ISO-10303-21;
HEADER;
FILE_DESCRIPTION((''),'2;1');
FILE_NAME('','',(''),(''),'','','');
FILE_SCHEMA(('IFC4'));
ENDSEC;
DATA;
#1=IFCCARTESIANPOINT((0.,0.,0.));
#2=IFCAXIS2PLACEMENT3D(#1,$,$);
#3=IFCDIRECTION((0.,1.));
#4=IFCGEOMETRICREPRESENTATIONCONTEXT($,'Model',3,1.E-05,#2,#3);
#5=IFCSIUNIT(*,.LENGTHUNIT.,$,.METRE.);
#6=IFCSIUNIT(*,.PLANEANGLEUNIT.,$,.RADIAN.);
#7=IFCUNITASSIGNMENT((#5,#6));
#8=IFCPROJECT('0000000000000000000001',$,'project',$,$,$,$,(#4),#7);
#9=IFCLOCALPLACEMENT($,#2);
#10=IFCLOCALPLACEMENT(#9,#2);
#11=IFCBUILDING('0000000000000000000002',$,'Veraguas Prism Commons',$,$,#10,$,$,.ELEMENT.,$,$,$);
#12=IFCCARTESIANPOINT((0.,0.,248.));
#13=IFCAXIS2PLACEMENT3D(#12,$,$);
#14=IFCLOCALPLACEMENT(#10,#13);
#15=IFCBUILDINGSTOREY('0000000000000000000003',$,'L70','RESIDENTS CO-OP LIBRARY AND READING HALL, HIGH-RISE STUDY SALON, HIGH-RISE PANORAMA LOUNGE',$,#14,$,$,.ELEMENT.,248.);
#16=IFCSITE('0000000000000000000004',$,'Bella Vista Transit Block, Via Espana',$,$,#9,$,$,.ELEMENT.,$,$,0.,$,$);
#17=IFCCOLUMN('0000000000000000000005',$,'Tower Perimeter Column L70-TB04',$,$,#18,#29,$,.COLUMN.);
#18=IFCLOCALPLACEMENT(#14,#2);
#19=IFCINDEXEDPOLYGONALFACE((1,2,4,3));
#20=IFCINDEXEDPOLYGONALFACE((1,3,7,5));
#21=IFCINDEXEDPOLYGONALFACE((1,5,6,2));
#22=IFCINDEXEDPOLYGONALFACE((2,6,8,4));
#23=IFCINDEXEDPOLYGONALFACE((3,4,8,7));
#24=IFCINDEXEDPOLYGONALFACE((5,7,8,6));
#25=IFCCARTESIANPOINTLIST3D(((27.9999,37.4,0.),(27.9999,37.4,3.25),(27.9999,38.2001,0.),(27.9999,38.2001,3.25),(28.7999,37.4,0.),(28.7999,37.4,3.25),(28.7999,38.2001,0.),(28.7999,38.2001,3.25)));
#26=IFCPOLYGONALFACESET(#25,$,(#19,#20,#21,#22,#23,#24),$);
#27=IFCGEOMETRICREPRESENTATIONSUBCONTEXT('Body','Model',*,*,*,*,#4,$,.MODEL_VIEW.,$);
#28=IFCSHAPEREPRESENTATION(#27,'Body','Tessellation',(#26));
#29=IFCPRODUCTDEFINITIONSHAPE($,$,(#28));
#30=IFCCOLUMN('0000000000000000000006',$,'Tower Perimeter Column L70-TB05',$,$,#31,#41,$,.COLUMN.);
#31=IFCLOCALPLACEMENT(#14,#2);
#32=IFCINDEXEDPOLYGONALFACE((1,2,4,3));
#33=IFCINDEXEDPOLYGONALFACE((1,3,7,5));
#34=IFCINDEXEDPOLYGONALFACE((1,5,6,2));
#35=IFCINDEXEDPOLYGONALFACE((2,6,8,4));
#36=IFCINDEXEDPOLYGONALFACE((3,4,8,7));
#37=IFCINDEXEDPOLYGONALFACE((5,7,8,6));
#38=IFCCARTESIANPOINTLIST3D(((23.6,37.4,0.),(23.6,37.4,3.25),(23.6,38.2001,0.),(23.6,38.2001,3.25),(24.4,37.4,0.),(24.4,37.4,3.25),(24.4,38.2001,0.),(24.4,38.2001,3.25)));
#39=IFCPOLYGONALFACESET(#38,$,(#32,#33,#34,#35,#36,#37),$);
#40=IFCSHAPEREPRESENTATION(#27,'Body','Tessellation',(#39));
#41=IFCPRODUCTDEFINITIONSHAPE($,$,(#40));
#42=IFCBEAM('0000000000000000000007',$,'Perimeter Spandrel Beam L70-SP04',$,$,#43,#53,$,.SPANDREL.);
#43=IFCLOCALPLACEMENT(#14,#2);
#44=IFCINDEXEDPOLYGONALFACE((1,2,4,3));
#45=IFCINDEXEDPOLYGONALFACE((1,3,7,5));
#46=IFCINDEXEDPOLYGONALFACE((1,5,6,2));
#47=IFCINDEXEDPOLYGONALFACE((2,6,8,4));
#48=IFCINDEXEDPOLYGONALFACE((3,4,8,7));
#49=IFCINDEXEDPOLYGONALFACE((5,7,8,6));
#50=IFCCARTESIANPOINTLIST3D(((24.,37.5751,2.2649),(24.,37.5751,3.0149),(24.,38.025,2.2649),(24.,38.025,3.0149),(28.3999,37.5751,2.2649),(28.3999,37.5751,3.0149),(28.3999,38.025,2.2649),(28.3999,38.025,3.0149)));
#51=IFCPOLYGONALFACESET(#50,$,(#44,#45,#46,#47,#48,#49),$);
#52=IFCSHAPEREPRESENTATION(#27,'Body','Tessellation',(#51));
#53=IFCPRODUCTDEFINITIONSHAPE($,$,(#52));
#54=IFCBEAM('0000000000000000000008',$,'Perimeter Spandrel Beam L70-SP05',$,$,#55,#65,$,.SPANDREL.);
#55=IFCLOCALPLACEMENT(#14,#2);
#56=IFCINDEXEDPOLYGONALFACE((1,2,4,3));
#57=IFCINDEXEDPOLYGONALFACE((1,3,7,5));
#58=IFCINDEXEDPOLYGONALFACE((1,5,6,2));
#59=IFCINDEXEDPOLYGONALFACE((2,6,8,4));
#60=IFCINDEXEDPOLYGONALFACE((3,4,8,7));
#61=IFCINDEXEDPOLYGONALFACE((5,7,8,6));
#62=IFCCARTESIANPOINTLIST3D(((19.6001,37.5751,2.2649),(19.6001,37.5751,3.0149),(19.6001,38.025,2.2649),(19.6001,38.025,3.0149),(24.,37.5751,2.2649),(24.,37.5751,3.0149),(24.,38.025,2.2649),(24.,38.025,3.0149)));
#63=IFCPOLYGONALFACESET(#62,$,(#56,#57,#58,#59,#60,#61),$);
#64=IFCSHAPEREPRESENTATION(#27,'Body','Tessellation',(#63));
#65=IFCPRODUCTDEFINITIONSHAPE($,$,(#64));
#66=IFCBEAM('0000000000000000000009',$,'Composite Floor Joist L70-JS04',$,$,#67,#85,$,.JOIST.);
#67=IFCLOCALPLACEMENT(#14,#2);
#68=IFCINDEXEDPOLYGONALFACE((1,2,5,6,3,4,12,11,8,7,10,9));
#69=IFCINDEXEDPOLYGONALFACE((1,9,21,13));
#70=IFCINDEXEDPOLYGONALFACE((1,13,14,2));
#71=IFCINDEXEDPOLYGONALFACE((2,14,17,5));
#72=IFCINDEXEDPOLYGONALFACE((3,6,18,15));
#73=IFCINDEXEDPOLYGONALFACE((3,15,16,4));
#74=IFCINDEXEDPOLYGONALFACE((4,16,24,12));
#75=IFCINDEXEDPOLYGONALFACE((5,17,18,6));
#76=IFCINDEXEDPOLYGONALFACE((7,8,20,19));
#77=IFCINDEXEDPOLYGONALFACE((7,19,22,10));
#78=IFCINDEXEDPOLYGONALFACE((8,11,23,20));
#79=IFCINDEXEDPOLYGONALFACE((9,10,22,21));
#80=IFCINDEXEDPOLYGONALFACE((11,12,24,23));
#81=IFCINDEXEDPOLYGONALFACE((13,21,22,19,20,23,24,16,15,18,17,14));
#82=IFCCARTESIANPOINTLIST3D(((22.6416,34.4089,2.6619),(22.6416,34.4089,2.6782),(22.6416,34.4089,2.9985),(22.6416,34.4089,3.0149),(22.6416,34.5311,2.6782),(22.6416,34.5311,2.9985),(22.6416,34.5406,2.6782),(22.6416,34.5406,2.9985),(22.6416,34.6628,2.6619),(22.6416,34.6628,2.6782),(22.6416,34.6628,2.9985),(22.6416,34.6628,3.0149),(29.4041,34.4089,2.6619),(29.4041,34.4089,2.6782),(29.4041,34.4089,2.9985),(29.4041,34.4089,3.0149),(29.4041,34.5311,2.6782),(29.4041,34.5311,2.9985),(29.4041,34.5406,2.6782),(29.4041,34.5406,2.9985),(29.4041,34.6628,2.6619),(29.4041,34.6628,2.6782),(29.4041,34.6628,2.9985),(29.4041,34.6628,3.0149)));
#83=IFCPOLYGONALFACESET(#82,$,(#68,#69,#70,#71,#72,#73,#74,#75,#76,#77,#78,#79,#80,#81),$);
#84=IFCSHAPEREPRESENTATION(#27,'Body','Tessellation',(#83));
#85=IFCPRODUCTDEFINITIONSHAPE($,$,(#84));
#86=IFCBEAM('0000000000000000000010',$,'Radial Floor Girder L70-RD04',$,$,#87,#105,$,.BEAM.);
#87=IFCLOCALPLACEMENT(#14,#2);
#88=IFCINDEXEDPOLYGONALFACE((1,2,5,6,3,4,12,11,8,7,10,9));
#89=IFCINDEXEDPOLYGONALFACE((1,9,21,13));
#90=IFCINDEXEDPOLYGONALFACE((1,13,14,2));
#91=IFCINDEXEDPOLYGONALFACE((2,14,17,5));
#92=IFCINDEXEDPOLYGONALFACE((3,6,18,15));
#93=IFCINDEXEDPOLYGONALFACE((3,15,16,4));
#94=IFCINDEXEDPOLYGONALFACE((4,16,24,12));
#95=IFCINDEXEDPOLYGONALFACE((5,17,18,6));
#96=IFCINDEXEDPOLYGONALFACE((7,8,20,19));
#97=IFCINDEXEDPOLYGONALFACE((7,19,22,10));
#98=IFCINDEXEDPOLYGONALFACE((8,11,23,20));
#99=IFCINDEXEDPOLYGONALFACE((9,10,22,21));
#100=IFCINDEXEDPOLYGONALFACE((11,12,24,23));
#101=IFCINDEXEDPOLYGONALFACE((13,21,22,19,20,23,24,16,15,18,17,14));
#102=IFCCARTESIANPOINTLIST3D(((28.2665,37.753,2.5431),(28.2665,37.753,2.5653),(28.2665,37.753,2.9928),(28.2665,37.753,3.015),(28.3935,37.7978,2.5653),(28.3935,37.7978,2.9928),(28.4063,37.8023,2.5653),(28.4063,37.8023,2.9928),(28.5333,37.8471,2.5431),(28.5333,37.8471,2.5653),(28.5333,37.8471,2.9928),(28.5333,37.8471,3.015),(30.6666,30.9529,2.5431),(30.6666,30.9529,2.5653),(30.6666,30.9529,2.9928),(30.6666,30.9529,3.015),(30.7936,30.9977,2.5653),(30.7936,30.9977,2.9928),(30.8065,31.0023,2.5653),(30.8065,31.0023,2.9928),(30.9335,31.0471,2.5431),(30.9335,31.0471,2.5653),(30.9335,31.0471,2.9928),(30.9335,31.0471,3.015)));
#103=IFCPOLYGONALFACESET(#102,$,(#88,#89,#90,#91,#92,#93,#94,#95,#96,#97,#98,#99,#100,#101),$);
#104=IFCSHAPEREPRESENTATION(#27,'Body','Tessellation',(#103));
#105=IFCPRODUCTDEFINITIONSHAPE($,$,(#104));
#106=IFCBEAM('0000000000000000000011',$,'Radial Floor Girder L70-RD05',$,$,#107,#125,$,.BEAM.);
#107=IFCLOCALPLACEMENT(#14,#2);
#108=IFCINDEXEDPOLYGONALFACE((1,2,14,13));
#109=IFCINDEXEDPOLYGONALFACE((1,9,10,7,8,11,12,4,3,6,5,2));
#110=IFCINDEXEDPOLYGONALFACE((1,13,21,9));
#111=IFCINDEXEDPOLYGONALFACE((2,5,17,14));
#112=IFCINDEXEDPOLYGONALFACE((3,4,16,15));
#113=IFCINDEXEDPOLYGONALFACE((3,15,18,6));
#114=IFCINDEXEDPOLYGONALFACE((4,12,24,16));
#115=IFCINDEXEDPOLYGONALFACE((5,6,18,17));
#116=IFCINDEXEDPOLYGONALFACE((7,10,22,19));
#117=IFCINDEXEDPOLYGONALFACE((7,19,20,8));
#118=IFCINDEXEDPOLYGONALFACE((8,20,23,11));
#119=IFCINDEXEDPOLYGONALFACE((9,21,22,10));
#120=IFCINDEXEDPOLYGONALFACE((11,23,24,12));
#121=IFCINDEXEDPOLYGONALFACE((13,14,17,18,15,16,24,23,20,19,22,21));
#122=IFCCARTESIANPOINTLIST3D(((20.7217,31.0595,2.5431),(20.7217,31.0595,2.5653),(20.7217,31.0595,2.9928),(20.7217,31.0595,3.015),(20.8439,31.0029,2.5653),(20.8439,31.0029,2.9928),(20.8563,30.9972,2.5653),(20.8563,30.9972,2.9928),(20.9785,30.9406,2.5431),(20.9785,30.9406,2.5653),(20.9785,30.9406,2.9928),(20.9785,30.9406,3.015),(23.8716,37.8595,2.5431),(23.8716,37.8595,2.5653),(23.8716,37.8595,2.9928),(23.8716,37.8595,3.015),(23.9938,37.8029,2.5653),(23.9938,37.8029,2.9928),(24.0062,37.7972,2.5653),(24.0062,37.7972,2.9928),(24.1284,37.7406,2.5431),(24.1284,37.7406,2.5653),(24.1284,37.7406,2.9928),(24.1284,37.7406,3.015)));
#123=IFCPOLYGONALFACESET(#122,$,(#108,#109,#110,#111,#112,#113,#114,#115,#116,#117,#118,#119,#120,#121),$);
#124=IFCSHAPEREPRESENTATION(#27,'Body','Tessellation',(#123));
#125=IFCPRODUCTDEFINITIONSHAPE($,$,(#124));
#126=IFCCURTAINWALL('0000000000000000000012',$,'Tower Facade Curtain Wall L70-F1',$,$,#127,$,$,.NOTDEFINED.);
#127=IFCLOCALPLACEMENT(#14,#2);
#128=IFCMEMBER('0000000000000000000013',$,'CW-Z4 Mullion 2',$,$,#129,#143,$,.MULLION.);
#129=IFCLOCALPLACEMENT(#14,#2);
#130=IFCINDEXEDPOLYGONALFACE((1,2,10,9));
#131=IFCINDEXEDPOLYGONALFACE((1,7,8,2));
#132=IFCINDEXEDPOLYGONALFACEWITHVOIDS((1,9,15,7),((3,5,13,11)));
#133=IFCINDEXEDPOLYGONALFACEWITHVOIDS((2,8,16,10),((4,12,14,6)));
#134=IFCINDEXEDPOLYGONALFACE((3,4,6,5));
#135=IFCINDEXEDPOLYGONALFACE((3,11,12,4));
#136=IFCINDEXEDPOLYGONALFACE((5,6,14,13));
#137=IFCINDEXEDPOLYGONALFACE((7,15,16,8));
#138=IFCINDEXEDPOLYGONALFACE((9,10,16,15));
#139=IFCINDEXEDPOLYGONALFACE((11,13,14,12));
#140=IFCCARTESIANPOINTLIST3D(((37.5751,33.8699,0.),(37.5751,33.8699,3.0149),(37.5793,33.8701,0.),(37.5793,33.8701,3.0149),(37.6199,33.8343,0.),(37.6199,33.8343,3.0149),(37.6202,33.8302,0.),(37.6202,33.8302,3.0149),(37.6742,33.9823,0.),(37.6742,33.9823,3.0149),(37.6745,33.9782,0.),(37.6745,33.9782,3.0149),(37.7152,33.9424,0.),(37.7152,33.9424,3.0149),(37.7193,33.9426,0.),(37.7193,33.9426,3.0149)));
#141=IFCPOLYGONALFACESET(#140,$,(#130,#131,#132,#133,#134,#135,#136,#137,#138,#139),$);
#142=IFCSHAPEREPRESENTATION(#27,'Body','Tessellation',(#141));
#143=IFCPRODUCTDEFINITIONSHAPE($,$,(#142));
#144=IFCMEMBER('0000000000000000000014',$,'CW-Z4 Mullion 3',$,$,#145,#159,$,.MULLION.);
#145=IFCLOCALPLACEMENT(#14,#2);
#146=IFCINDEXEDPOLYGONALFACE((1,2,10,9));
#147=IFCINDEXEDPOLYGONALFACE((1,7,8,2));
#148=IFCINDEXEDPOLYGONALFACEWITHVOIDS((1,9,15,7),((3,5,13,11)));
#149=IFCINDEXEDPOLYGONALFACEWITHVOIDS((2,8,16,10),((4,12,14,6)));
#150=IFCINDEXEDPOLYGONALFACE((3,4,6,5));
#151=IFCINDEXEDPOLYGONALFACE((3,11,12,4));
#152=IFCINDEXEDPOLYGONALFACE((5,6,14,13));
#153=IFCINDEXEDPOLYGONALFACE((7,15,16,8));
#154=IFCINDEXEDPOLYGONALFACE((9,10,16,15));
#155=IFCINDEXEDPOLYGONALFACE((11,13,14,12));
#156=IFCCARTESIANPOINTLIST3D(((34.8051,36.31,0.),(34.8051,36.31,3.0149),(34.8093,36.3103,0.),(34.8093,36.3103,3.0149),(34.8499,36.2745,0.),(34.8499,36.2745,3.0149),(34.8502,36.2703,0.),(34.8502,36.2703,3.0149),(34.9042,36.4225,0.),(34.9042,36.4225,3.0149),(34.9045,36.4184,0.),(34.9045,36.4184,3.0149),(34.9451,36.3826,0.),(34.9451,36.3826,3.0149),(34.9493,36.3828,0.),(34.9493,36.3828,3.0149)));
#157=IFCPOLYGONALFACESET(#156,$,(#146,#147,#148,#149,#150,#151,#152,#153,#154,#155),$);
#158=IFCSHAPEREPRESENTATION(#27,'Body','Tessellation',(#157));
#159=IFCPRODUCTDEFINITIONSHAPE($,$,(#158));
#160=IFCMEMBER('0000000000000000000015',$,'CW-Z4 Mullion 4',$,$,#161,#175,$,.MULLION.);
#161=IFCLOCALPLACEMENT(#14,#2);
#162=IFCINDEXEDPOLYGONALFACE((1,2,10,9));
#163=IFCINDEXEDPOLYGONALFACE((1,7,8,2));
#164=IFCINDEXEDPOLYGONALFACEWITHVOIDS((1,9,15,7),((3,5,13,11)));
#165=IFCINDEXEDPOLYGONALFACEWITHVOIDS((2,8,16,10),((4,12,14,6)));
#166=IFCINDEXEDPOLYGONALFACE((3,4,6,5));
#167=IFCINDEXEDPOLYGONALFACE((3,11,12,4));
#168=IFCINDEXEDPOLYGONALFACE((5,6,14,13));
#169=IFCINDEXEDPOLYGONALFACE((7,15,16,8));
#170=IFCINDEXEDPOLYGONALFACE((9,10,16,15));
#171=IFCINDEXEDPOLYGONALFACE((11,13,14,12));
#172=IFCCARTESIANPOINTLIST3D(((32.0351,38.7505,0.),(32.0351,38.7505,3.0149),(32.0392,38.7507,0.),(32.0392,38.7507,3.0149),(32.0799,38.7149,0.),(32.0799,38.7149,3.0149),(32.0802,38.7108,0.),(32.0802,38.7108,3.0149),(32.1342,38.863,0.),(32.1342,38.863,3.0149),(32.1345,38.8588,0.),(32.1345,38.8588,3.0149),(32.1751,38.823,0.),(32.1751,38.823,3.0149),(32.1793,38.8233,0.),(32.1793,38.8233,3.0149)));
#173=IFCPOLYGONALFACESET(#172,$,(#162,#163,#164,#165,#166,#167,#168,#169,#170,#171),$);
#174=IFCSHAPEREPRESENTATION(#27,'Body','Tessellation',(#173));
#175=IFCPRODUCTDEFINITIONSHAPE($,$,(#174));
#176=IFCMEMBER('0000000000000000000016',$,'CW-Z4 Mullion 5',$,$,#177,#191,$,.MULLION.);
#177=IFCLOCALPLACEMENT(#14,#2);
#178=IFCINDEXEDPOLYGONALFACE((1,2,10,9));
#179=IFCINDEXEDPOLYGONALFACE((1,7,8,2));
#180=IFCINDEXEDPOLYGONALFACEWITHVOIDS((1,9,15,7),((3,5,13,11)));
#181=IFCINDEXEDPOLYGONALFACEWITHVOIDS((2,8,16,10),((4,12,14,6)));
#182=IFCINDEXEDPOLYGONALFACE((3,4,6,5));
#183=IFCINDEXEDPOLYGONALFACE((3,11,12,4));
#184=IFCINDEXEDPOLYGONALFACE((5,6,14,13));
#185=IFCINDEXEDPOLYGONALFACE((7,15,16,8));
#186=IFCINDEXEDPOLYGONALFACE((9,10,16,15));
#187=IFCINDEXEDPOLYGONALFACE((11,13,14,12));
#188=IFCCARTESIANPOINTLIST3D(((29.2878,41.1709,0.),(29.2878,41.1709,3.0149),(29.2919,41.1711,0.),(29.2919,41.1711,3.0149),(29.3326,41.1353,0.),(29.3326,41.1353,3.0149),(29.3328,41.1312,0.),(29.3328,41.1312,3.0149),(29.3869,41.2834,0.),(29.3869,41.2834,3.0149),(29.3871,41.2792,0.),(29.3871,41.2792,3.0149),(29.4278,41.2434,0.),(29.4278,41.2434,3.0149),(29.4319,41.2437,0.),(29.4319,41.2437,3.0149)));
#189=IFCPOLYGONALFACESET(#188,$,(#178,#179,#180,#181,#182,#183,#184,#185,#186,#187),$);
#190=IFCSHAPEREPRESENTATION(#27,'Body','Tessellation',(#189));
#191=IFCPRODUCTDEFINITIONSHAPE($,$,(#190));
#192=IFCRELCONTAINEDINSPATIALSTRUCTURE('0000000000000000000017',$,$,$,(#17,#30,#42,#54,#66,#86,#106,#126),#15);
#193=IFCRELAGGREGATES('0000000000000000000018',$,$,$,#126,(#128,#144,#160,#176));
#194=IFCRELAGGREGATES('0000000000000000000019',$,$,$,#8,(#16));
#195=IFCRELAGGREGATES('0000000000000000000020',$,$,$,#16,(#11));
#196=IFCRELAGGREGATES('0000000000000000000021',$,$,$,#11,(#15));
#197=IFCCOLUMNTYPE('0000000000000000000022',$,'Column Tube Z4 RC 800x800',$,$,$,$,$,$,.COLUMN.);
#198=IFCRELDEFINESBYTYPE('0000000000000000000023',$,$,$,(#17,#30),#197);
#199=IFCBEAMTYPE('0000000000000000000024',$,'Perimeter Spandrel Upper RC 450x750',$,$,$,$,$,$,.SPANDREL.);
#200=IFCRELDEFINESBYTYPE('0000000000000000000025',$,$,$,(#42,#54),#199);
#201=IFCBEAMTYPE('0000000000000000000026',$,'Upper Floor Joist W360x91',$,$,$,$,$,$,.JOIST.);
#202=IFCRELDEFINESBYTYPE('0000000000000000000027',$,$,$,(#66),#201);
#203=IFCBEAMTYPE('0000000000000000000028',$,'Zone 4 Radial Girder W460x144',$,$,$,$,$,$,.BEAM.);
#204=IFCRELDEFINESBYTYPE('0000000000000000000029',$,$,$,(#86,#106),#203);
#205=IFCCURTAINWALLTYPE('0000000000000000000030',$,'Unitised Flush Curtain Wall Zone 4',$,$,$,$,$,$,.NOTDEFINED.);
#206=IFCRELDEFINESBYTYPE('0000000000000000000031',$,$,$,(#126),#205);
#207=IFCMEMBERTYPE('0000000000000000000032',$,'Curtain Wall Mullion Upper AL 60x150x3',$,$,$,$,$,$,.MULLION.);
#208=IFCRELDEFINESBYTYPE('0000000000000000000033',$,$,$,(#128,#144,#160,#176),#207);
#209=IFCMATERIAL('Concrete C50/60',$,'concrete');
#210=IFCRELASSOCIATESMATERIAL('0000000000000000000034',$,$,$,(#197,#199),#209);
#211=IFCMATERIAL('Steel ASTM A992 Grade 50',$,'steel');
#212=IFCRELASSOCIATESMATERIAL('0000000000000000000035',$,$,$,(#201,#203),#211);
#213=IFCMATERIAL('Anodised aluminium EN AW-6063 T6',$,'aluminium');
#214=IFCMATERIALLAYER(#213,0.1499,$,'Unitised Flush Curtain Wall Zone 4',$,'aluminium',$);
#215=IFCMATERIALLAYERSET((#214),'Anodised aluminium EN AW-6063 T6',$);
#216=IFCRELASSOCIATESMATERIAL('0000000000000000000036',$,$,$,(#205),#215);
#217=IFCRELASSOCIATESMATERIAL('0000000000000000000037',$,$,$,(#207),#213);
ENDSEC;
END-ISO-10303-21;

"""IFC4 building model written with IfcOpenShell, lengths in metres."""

from ifc_helpers import new_model, si_unit, direction, frame, origin, origin_2d, place, context, subcontext, project, spatial, rectangle, hollow_rectangle, i_section, extrude, source, transform, mapped, material, layer, layer_set, material_profile, profile_set, type_object, element, aggregate, save


model = new_model("IFC4")

# Units and contexts
model_context = context("Model", 3, precision=1e-05, world=origin(), true_north=direction((0.0, 1.0)))
body_context = subcontext(model_context, "Body", "Model", "MODEL_VIEW")
ifc_project = project(units=[si_unit("LENGTHUNIT", "METRE"), si_unit("PLANEANGLEUNIT", "RADIAN")], contexts=[model_context])

# Site, building, storey
site_placement = place(None, origin())
site = spatial("IfcSite", under=ifc_project, at=site_placement, Name="Bella Vista Transit Block, Via Espana", CompositionType="ELEMENT", RefElevation=0.0)
building_placement = place(site_placement, origin())
building = spatial("IfcBuilding", under=site, at=building_placement, Name="Veraguas Prism Commons", CompositionType="ELEMENT")
storey_placement = place(building_placement, frame((0.0, 0.0, 248.0)))
storey = spatial("IfcBuildingStorey", under=building, at=storey_placement, Name="L70", Description="RESIDENTS CO-OP LIBRARY AND READING HALL, HIGH-RISE STUDY SALON, HIGH-RISE PANORAMA LOUNGE", CompositionType="ELEMENT", Elevation=248.0)

# Columns
ifc_material_1 = material(Name="Concrete C50/60", Category="concrete")
ifc_material_profile_1 = material_profile(ifc_material_1, rectangle(XDim=0.8, YDim=0.8, at=origin_2d()), Name="RC800X800")
ifc_profile_set_1 = profile_set([ifc_material_profile_1], Name="Concrete C50/60")
column_type = type_object("IfcColumnType", Name="Column Tube Z4 RC 800x800", PredefinedType="COLUMN", material=ifc_profile_set_1)
for number, where, z_axis, x_axis, name in (
    (1, (28.3999, 37.8, 0.0), (0.0, 0.0, 1.0), (1.0, 0.0, 0.0), "Tower Perimeter Column L70-TB04"),
    (2, (24.0, 37.8, 0.0), (0.0, 0.0, 1.0), (1.0, 0.0, 0.0), "Tower Perimeter Column L70-TB05"),
):
    element("IfcColumn", number, at=place(storey_placement, frame(where, z_axis=z_axis, x_axis=x_axis)), inside=storey, type_object=column_type, Name=name, PredefinedType="COLUMN", context=body_context, shape_type="SweptSolid", body=[
        extrude(rectangle(XDim=0.8, YDim=0.8, at=origin_2d()), origin(), (0.0, 0.0, 1.0), 3.25),
    ])

# Beams
ifc_material_profile_2 = material_profile(ifc_material_1, rectangle(XDim=0.45, YDim=0.75, at=origin_2d()), Name="RC450X750")
ifc_profile_set_2 = profile_set([ifc_material_profile_2], Name="Concrete C50/60")
beam_type_1 = type_object("IfcBeamType", Name="Perimeter Spandrel Upper RC 450x750", PredefinedType="SPANDREL", material=ifc_profile_set_2)
for number, where, z_axis, x_axis, name in (
    (3, (28.3999, 37.8, 2.6399), (-1.0, 0.0, 0.0), (0.0, -1.0, 0.0), "Perimeter Spandrel Beam L70-SP04"),
    (4, (24.0, 37.8, 2.6399), (-1.0, 0.0, 0.0), (0.0, -1.0, 0.0), "Perimeter Spandrel Beam L70-SP05"),
):
    element("IfcBeam", number, at=place(storey_placement, frame(where, z_axis=z_axis, x_axis=x_axis)), inside=storey, type_object=beam_type_1, Name=name, PredefinedType="SPANDREL", context=body_context, shape_type="SweptSolid", body=[
        extrude(rectangle(XDim=0.45, YDim=0.75, at=origin_2d()), origin(), (0.0, 0.0, 1.0), 4.3999),
    ])
ifc_material_2 = material(Name="Steel ASTM A992 Grade 50", Category="steel")
ifc_material_profile_3 = material_profile(ifc_material_2, i_section(OverallWidth=0.2539, OverallDepth=0.353, WebThickness=0.0095, FlangeThickness=0.0164, at=origin_2d()), Name="W360X91")
ifc_profile_set_3 = profile_set([ifc_material_profile_3], Name="Steel ASTM A992 Grade 50")
beam_type_2 = type_object("IfcBeamType", Name="Upper Floor Joist W360x91", PredefinedType="JOIST", material=ifc_profile_set_3)
beam_1_placement = place(storey_placement, frame((29.4041, 34.5359, 2.8384), z_axis=(-1.0, 0.0, 0.0), x_axis=(0.0, -1.0, 0.0)))
element("IfcBeam", 5, at=beam_1_placement, inside=storey, type_object=beam_type_2, Name="Composite Floor Joist L70-JS04", PredefinedType="JOIST", context=body_context, shape_type="SweptSolid", body=[
    extrude(i_section(OverallWidth=0.2539, OverallDepth=0.353, WebThickness=0.0095, FlangeThickness=0.0164, at=origin_2d()), origin(), (0.0, 0.0, 1.0), 6.7625),
])
ifc_material_profile_4 = material_profile(ifc_material_2, i_section(OverallWidth=0.283, OverallDepth=0.4719, WebThickness=0.0137, FlangeThickness=0.0222, at=origin_2d()), Name="W460X144")
ifc_profile_set_4 = profile_set([ifc_material_profile_4], Name="Steel ASTM A992 Grade 50")
beam_type_3 = type_object("IfcBeamType", Name="Zone 4 Radial Girder W460x144", PredefinedType="BEAM", material=ifc_profile_set_4)
beam_2_placement = place(storey_placement, frame((28.3999, 37.8, 2.7791), z_axis=(0.332836, -0.942985, 0.0), x_axis=(0.942985, 0.332836, 0.0)))
element("IfcBeam", 6, at=beam_2_placement, inside=storey, type_object=beam_type_3, Name="Radial Floor Girder L70-RD04", PredefinedType="BEAM", context=body_context, shape_type="SweptSolid", body=[
    extrude(i_section(OverallWidth=0.283, OverallDepth=0.4719, WebThickness=0.0137, FlangeThickness=0.0222, at=origin_2d()), origin(), (0.0, 0.0, 1.0), 7.2112),
])
beam_3_placement = place(storey_placement, frame((24.0, 37.8, 2.7791), z_axis=(-0.420314, -0.907379, 0.0), x_axis=(0.907379, -0.420314, 0.0)))
element("IfcBeam", 7, at=beam_3_placement, inside=storey, type_object=beam_type_3, Name="Radial Floor Girder L70-RD05", PredefinedType="BEAM", context=body_context, shape_type="SweptSolid", body=[
    extrude(i_section(OverallWidth=0.283, OverallDepth=0.4719, WebThickness=0.0137, FlangeThickness=0.0222, at=origin_2d()), origin(), (0.0, 0.0, 1.0), 7.4941),
])

# Curtain wall, members
ifc_material_3 = material(Name="Anodised aluminium EN AW-6063 T6", Category="aluminium")
ifc_layer_1 = layer(ifc_material_3, 0.1499, Name="Unitised Flush Curtain Wall Zone 4", Category="aluminium")
ifc_layer_set_1 = layer_set([ifc_layer_1], Name="Anodised aluminium EN AW-6063 T6")
curtain_wall_type = type_object("IfcCurtainWallType", Name="Unitised Flush Curtain Wall Zone 4", PredefinedType="NOTDEFINED", material=ifc_layer_set_1)
curtain_wall_1_placement = place(storey_placement, origin())
curtain_wall_1 = element("IfcCurtainWall", 8, at=curtain_wall_1_placement, inside=storey, type_object=curtain_wall_type, Name="Tower Facade Curtain Wall L70-F1", PredefinedType="NOTDEFINED")
ifc_material_profile_5 = material_profile(ifc_material_3, hollow_rectangle(XDim=0.0601, YDim=0.1499, WallThickness=0.0029, at=origin_2d()), Name="AL60X150X3")
ifc_profile_set_5 = profile_set([ifc_material_profile_5], Name="Anodised aluminium EN AW-6063 T6")
member_type_1 = type_object("IfcMemberType", Name="Curtain Wall Mullion Upper AL 60x150x3", PredefinedType="MULLION", material=ifc_profile_set_5)
shared_shape_1 = source(origin(), body_context, "Body", "SweptSolid", [
    extrude(hollow_rectangle(XDim=0.0601, YDim=0.1499, WallThickness=0.0029, at=origin_2d()), origin(), (0.0, 0.0, 1.0), 3.0149),
])
member_1_placement = place(storey_placement, frame((37.6472, 33.9062, 0.0), z_axis=(0.0, 0.0, 1.0), x_axis=(-0.750348, 0.661043, 0.0)))
member_1 = element("IfcMember", 9, at=member_1_placement, type_object=member_type_1, Name="CW-Z4 Mullion 2", PredefinedType="MULLION", context=body_context, shape_type="MappedRepresentation", body=[
    mapped(shared_shape_1, transform((0.0, 0.0, 0.0), scale=1.0)),
])
member_2_placement = place(storey_placement, frame((34.8772, 36.3464, 0.0), z_axis=(0.0, 0.0, 1.0), x_axis=(-0.750348, 0.661043, 0.0)))
member_2 = element("IfcMember", 10, at=member_2_placement, type_object=member_type_1, Name="CW-Z4 Mullion 3", PredefinedType="MULLION", context=body_context, shape_type="MappedRepresentation", body=[
    mapped(shared_shape_1, transform((0.0, 0.0, 0.0), scale=1.0)),
])
member_3_placement = place(storey_placement, frame((32.1072, 38.7869, 0.0), z_axis=(0.0, 0.0, 1.0), x_axis=(-0.750348, 0.661043, 0.0)))
member_3 = element("IfcMember", 11, at=member_3_placement, type_object=member_type_1, Name="CW-Z4 Mullion 4", PredefinedType="MULLION", context=body_context, shape_type="MappedRepresentation", body=[
    mapped(shared_shape_1, transform((0.0, 0.0, 0.0), scale=1.0)),
])
member_4_placement = place(storey_placement, frame((29.3599, 41.2073, 0.0), z_axis=(0.0, 0.0, 1.0), x_axis=(-0.750348, 0.661043, 0.0)))
member_4 = element("IfcMember", 12, at=member_4_placement, type_object=member_type_1, Name="CW-Z4 Mullion 5", PredefinedType="MULLION", context=body_context, shape_type="MappedRepresentation", body=[
    mapped(shared_shape_1, transform((0.0, 0.0, 0.0), scale=1.0)),
])

aggregate(curtain_wall_1, [member_1, member_2, member_3, member_4])

save(model, "model.ifc")
